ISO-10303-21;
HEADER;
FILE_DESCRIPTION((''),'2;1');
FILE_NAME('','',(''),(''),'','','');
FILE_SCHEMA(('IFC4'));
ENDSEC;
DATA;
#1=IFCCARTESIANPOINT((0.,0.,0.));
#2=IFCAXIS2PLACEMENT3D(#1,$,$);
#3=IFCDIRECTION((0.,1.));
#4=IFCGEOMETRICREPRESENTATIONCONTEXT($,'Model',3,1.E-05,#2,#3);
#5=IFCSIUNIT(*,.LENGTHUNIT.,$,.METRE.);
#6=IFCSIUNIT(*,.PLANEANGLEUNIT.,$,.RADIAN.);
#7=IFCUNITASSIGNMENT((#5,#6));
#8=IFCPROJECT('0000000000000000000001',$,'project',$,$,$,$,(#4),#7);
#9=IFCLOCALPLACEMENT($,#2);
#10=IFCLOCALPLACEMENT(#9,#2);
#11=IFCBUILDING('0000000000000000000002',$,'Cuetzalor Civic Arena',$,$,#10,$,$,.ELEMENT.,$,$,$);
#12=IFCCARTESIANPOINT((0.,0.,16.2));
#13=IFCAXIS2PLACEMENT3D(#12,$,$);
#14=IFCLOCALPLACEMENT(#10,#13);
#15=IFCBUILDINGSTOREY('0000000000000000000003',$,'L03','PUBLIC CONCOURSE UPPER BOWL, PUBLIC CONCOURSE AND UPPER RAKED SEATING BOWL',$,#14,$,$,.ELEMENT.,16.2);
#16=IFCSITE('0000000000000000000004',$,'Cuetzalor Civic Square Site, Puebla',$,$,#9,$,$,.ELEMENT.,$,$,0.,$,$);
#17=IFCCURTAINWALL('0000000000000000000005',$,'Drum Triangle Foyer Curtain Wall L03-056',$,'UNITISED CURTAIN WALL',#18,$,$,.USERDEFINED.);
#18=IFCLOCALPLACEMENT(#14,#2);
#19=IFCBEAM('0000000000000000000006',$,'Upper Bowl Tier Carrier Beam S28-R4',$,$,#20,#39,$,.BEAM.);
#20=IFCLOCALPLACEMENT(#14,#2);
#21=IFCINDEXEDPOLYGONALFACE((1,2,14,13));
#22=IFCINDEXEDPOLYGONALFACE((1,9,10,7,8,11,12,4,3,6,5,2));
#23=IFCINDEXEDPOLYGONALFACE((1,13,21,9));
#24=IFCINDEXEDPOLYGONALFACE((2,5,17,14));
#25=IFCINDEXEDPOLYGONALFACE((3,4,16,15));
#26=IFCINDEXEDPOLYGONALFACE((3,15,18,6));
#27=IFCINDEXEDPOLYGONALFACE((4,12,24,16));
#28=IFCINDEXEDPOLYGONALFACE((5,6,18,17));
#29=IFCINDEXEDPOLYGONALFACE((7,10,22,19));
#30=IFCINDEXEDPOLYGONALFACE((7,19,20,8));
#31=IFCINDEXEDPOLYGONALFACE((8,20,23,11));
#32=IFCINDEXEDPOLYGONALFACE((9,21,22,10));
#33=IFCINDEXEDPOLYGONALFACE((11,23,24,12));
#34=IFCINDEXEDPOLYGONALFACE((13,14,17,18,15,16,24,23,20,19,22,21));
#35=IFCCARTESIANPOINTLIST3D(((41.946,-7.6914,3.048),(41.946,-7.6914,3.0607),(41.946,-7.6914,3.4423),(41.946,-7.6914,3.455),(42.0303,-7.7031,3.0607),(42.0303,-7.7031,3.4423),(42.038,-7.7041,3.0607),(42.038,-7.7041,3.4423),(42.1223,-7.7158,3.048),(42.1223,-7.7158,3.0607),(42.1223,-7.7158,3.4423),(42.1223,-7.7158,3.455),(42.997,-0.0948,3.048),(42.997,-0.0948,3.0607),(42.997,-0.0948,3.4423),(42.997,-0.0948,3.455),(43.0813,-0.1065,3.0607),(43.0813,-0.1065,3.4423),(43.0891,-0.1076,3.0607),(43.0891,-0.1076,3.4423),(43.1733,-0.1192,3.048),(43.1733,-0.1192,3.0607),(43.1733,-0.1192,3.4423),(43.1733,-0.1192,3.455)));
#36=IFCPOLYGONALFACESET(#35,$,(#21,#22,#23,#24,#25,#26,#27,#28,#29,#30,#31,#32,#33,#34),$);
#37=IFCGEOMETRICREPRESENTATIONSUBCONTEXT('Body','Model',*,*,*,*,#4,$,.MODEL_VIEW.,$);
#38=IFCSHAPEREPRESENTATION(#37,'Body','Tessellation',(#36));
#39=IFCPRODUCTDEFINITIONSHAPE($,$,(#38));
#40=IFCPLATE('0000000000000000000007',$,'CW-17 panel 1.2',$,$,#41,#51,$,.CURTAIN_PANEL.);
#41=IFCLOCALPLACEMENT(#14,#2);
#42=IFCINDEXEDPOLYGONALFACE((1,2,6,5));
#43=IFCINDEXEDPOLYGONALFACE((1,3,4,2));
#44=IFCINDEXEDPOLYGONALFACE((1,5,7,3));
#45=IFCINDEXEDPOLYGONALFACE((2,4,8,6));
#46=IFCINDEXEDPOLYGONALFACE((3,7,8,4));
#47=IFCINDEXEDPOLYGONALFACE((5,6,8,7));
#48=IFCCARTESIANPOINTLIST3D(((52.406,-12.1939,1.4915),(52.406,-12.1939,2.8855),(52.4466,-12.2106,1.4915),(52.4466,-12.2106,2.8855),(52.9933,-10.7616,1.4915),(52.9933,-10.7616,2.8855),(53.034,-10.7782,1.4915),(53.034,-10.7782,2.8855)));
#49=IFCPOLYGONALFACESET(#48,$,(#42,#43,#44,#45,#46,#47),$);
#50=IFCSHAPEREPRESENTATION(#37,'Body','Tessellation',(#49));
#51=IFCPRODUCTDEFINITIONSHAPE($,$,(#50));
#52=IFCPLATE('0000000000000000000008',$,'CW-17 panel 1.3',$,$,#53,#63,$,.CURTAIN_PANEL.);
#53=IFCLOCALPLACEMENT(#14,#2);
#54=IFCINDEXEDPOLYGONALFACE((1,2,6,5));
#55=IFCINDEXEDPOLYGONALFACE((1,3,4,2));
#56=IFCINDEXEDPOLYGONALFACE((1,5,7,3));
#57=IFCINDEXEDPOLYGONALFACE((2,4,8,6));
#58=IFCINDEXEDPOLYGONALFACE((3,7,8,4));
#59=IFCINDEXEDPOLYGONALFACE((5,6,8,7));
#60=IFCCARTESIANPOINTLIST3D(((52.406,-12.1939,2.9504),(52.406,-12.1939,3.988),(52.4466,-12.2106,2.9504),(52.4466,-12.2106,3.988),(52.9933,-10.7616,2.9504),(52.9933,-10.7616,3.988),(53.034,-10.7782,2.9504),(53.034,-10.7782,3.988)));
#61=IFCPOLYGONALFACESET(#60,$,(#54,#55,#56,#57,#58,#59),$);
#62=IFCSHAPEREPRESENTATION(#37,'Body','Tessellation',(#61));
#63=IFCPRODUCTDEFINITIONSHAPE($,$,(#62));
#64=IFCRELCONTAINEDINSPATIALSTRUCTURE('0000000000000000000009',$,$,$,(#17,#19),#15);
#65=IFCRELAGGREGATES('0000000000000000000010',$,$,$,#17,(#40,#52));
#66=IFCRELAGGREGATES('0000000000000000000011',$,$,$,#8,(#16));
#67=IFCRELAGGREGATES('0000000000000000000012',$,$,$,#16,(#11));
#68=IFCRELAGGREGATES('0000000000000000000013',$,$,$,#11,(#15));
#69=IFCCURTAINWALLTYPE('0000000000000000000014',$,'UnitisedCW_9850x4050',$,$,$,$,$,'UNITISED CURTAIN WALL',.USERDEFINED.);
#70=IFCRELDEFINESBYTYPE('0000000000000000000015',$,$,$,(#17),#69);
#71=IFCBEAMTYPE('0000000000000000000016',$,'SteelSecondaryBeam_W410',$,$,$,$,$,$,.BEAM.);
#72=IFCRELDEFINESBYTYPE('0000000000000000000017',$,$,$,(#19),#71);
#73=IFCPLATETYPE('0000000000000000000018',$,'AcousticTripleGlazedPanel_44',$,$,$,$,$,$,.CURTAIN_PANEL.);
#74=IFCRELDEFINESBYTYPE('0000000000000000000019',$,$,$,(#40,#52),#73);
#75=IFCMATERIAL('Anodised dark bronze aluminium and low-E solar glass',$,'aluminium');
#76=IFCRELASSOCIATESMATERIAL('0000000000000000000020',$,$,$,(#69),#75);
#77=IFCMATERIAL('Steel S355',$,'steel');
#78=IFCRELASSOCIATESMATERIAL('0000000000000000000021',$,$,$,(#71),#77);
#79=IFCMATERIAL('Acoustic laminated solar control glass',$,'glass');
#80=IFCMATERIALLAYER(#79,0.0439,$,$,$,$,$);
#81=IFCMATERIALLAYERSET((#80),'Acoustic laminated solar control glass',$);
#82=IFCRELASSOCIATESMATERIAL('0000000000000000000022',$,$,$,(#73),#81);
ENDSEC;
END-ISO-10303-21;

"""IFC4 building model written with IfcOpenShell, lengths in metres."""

from ifc_helpers import new_model, si_unit, direction, frame, origin, origin_2d, place, context, subcontext, project, spatial, rectangle, i_section, extrude, material, layer, layer_set, material_profile, profile_set, type_object, element, aggregate, save


model = new_model("IFC4")

# Units and contexts
model_context = context("Model", 3, precision=1e-05, world=origin(), true_north=direction((0.0, 1.0)))
body_context = subcontext(model_context, "Body", "Model", "MODEL_VIEW")
ifc_project = project(units=[si_unit("LENGTHUNIT", "METRE"), si_unit("PLANEANGLEUNIT", "RADIAN")], contexts=[model_context])

# Site, building, storey
site_placement = place(None, origin())
site = spatial("IfcSite", under=ifc_project, at=site_placement, Name="Cuetzalor Civic Square Site, Puebla", CompositionType="ELEMENT", RefElevation=0.0)
building_placement = place(site_placement, origin())
building = spatial("IfcBuilding", under=site, at=building_placement, Name="Cuetzalor Civic Arena", CompositionType="ELEMENT")
storey_placement = place(building_placement, frame((0.0, 0.0, 16.2)))
storey = spatial("IfcBuildingStorey", under=building, at=storey_placement, Name="L03", Description="PUBLIC CONCOURSE UPPER BOWL, PUBLIC CONCOURSE AND UPPER RAKED SEATING BOWL", CompositionType="ELEMENT", Elevation=16.2)

# Curtain wall
ifc_material_1 = material(Name="Anodised dark bronze aluminium and low-E solar glass", Category="aluminium")
curtain_wall_type = type_object("IfcCurtainWallType", Name="UnitisedCW_9850x4050", ElementType="UNITISED CURTAIN WALL", PredefinedType="USERDEFINED", material=ifc_material_1)
curtain_wall_placement = place(storey_placement, origin())
curtain_wall = element("IfcCurtainWall", 1, at=curtain_wall_placement, inside=storey, type_object=curtain_wall_type, Name="Drum Triangle Foyer Curtain Wall L03-056", ObjectType="UNITISED CURTAIN WALL", PredefinedType="USERDEFINED")

# Beam
ifc_material_2 = material(Name="Steel S355", Category="steel")
ifc_material_profile_1 = material_profile(ifc_material_2, i_section(OverallWidth=0.178, OverallDepth=0.407, WebThickness=0.0078, FlangeThickness=0.0127, at=origin_2d()), Name="W410x60")
ifc_profile_set_1 = profile_set([ifc_material_profile_1], Name="Steel S355")
beam_type_1 = type_object("IfcBeamType", Name="SteelSecondaryBeam_W410", PredefinedType="BEAM", material=ifc_profile_set_1)
beam_1_placement = place(storey_placement, frame((42.0342, -7.7036, 3.2515), z_axis=(0.137048, 0.990564, 0.0), x_axis=(-0.990564, 0.137048, 0.0)))
element("IfcBeam", 2, at=beam_1_placement, inside=storey, type_object=beam_type_1, Name="Upper Bowl Tier Carrier Beam S28-R4", PredefinedType="BEAM", context=body_context, shape_type="SweptSolid", body=[
    extrude(i_section(OverallWidth=0.178, OverallDepth=0.407, WebThickness=0.0078, FlangeThickness=0.0127, at=origin_2d()), origin(), (0.0, 0.0, 1.0), 7.6689),
])

# Plates
ifc_material_3 = material(Name="Acoustic laminated solar control glass", Category="glass")
ifc_layer = layer(ifc_material_3, 0.0439)
ifc_layer_set = layer_set([ifc_layer], Name="Acoustic laminated solar control glass")
plate_type = type_object("IfcPlateType", Name="AcousticTripleGlazedPanel_44", PredefinedType="CURTAIN_PANEL", material=ifc_layer_set)
plate_1_placement = place(storey_placement, frame((52.72, -11.4861, 1.4915), z_axis=(0.0, 0.0, 1.0), x_axis=(-0.379391, -0.925236, 0.0)))
plate_1 = element("IfcPlate", 3, at=plate_1_placement, type_object=plate_type, Name="CW-17 panel 1.2", PredefinedType="CURTAIN_PANEL", context=body_context, shape_type="SweptSolid", body=[
    extrude(rectangle(XDim=1.5481, YDim=0.0439, at=origin_2d()), origin(), (0.0, 0.0, 1.0), 1.394),
])
plate_2_placement = place(storey_placement, frame((52.72, -11.4861, 2.9504), z_axis=(0.0, 0.0, 1.0), x_axis=(-0.379391, -0.925236, 0.0)))
plate_2 = element("IfcPlate", 4, at=plate_2_placement, type_object=plate_type, Name="CW-17 panel 1.3", PredefinedType="CURTAIN_PANEL", context=body_context, shape_type="SweptSolid", body=[
    extrude(rectangle(XDim=1.5481, YDim=0.0439, at=origin_2d()), origin(), (0.0, 0.0, 1.0), 1.0376),
])
aggregate(curtain_wall, [plate_1, plate_2])

save(model, "model.ifc")
